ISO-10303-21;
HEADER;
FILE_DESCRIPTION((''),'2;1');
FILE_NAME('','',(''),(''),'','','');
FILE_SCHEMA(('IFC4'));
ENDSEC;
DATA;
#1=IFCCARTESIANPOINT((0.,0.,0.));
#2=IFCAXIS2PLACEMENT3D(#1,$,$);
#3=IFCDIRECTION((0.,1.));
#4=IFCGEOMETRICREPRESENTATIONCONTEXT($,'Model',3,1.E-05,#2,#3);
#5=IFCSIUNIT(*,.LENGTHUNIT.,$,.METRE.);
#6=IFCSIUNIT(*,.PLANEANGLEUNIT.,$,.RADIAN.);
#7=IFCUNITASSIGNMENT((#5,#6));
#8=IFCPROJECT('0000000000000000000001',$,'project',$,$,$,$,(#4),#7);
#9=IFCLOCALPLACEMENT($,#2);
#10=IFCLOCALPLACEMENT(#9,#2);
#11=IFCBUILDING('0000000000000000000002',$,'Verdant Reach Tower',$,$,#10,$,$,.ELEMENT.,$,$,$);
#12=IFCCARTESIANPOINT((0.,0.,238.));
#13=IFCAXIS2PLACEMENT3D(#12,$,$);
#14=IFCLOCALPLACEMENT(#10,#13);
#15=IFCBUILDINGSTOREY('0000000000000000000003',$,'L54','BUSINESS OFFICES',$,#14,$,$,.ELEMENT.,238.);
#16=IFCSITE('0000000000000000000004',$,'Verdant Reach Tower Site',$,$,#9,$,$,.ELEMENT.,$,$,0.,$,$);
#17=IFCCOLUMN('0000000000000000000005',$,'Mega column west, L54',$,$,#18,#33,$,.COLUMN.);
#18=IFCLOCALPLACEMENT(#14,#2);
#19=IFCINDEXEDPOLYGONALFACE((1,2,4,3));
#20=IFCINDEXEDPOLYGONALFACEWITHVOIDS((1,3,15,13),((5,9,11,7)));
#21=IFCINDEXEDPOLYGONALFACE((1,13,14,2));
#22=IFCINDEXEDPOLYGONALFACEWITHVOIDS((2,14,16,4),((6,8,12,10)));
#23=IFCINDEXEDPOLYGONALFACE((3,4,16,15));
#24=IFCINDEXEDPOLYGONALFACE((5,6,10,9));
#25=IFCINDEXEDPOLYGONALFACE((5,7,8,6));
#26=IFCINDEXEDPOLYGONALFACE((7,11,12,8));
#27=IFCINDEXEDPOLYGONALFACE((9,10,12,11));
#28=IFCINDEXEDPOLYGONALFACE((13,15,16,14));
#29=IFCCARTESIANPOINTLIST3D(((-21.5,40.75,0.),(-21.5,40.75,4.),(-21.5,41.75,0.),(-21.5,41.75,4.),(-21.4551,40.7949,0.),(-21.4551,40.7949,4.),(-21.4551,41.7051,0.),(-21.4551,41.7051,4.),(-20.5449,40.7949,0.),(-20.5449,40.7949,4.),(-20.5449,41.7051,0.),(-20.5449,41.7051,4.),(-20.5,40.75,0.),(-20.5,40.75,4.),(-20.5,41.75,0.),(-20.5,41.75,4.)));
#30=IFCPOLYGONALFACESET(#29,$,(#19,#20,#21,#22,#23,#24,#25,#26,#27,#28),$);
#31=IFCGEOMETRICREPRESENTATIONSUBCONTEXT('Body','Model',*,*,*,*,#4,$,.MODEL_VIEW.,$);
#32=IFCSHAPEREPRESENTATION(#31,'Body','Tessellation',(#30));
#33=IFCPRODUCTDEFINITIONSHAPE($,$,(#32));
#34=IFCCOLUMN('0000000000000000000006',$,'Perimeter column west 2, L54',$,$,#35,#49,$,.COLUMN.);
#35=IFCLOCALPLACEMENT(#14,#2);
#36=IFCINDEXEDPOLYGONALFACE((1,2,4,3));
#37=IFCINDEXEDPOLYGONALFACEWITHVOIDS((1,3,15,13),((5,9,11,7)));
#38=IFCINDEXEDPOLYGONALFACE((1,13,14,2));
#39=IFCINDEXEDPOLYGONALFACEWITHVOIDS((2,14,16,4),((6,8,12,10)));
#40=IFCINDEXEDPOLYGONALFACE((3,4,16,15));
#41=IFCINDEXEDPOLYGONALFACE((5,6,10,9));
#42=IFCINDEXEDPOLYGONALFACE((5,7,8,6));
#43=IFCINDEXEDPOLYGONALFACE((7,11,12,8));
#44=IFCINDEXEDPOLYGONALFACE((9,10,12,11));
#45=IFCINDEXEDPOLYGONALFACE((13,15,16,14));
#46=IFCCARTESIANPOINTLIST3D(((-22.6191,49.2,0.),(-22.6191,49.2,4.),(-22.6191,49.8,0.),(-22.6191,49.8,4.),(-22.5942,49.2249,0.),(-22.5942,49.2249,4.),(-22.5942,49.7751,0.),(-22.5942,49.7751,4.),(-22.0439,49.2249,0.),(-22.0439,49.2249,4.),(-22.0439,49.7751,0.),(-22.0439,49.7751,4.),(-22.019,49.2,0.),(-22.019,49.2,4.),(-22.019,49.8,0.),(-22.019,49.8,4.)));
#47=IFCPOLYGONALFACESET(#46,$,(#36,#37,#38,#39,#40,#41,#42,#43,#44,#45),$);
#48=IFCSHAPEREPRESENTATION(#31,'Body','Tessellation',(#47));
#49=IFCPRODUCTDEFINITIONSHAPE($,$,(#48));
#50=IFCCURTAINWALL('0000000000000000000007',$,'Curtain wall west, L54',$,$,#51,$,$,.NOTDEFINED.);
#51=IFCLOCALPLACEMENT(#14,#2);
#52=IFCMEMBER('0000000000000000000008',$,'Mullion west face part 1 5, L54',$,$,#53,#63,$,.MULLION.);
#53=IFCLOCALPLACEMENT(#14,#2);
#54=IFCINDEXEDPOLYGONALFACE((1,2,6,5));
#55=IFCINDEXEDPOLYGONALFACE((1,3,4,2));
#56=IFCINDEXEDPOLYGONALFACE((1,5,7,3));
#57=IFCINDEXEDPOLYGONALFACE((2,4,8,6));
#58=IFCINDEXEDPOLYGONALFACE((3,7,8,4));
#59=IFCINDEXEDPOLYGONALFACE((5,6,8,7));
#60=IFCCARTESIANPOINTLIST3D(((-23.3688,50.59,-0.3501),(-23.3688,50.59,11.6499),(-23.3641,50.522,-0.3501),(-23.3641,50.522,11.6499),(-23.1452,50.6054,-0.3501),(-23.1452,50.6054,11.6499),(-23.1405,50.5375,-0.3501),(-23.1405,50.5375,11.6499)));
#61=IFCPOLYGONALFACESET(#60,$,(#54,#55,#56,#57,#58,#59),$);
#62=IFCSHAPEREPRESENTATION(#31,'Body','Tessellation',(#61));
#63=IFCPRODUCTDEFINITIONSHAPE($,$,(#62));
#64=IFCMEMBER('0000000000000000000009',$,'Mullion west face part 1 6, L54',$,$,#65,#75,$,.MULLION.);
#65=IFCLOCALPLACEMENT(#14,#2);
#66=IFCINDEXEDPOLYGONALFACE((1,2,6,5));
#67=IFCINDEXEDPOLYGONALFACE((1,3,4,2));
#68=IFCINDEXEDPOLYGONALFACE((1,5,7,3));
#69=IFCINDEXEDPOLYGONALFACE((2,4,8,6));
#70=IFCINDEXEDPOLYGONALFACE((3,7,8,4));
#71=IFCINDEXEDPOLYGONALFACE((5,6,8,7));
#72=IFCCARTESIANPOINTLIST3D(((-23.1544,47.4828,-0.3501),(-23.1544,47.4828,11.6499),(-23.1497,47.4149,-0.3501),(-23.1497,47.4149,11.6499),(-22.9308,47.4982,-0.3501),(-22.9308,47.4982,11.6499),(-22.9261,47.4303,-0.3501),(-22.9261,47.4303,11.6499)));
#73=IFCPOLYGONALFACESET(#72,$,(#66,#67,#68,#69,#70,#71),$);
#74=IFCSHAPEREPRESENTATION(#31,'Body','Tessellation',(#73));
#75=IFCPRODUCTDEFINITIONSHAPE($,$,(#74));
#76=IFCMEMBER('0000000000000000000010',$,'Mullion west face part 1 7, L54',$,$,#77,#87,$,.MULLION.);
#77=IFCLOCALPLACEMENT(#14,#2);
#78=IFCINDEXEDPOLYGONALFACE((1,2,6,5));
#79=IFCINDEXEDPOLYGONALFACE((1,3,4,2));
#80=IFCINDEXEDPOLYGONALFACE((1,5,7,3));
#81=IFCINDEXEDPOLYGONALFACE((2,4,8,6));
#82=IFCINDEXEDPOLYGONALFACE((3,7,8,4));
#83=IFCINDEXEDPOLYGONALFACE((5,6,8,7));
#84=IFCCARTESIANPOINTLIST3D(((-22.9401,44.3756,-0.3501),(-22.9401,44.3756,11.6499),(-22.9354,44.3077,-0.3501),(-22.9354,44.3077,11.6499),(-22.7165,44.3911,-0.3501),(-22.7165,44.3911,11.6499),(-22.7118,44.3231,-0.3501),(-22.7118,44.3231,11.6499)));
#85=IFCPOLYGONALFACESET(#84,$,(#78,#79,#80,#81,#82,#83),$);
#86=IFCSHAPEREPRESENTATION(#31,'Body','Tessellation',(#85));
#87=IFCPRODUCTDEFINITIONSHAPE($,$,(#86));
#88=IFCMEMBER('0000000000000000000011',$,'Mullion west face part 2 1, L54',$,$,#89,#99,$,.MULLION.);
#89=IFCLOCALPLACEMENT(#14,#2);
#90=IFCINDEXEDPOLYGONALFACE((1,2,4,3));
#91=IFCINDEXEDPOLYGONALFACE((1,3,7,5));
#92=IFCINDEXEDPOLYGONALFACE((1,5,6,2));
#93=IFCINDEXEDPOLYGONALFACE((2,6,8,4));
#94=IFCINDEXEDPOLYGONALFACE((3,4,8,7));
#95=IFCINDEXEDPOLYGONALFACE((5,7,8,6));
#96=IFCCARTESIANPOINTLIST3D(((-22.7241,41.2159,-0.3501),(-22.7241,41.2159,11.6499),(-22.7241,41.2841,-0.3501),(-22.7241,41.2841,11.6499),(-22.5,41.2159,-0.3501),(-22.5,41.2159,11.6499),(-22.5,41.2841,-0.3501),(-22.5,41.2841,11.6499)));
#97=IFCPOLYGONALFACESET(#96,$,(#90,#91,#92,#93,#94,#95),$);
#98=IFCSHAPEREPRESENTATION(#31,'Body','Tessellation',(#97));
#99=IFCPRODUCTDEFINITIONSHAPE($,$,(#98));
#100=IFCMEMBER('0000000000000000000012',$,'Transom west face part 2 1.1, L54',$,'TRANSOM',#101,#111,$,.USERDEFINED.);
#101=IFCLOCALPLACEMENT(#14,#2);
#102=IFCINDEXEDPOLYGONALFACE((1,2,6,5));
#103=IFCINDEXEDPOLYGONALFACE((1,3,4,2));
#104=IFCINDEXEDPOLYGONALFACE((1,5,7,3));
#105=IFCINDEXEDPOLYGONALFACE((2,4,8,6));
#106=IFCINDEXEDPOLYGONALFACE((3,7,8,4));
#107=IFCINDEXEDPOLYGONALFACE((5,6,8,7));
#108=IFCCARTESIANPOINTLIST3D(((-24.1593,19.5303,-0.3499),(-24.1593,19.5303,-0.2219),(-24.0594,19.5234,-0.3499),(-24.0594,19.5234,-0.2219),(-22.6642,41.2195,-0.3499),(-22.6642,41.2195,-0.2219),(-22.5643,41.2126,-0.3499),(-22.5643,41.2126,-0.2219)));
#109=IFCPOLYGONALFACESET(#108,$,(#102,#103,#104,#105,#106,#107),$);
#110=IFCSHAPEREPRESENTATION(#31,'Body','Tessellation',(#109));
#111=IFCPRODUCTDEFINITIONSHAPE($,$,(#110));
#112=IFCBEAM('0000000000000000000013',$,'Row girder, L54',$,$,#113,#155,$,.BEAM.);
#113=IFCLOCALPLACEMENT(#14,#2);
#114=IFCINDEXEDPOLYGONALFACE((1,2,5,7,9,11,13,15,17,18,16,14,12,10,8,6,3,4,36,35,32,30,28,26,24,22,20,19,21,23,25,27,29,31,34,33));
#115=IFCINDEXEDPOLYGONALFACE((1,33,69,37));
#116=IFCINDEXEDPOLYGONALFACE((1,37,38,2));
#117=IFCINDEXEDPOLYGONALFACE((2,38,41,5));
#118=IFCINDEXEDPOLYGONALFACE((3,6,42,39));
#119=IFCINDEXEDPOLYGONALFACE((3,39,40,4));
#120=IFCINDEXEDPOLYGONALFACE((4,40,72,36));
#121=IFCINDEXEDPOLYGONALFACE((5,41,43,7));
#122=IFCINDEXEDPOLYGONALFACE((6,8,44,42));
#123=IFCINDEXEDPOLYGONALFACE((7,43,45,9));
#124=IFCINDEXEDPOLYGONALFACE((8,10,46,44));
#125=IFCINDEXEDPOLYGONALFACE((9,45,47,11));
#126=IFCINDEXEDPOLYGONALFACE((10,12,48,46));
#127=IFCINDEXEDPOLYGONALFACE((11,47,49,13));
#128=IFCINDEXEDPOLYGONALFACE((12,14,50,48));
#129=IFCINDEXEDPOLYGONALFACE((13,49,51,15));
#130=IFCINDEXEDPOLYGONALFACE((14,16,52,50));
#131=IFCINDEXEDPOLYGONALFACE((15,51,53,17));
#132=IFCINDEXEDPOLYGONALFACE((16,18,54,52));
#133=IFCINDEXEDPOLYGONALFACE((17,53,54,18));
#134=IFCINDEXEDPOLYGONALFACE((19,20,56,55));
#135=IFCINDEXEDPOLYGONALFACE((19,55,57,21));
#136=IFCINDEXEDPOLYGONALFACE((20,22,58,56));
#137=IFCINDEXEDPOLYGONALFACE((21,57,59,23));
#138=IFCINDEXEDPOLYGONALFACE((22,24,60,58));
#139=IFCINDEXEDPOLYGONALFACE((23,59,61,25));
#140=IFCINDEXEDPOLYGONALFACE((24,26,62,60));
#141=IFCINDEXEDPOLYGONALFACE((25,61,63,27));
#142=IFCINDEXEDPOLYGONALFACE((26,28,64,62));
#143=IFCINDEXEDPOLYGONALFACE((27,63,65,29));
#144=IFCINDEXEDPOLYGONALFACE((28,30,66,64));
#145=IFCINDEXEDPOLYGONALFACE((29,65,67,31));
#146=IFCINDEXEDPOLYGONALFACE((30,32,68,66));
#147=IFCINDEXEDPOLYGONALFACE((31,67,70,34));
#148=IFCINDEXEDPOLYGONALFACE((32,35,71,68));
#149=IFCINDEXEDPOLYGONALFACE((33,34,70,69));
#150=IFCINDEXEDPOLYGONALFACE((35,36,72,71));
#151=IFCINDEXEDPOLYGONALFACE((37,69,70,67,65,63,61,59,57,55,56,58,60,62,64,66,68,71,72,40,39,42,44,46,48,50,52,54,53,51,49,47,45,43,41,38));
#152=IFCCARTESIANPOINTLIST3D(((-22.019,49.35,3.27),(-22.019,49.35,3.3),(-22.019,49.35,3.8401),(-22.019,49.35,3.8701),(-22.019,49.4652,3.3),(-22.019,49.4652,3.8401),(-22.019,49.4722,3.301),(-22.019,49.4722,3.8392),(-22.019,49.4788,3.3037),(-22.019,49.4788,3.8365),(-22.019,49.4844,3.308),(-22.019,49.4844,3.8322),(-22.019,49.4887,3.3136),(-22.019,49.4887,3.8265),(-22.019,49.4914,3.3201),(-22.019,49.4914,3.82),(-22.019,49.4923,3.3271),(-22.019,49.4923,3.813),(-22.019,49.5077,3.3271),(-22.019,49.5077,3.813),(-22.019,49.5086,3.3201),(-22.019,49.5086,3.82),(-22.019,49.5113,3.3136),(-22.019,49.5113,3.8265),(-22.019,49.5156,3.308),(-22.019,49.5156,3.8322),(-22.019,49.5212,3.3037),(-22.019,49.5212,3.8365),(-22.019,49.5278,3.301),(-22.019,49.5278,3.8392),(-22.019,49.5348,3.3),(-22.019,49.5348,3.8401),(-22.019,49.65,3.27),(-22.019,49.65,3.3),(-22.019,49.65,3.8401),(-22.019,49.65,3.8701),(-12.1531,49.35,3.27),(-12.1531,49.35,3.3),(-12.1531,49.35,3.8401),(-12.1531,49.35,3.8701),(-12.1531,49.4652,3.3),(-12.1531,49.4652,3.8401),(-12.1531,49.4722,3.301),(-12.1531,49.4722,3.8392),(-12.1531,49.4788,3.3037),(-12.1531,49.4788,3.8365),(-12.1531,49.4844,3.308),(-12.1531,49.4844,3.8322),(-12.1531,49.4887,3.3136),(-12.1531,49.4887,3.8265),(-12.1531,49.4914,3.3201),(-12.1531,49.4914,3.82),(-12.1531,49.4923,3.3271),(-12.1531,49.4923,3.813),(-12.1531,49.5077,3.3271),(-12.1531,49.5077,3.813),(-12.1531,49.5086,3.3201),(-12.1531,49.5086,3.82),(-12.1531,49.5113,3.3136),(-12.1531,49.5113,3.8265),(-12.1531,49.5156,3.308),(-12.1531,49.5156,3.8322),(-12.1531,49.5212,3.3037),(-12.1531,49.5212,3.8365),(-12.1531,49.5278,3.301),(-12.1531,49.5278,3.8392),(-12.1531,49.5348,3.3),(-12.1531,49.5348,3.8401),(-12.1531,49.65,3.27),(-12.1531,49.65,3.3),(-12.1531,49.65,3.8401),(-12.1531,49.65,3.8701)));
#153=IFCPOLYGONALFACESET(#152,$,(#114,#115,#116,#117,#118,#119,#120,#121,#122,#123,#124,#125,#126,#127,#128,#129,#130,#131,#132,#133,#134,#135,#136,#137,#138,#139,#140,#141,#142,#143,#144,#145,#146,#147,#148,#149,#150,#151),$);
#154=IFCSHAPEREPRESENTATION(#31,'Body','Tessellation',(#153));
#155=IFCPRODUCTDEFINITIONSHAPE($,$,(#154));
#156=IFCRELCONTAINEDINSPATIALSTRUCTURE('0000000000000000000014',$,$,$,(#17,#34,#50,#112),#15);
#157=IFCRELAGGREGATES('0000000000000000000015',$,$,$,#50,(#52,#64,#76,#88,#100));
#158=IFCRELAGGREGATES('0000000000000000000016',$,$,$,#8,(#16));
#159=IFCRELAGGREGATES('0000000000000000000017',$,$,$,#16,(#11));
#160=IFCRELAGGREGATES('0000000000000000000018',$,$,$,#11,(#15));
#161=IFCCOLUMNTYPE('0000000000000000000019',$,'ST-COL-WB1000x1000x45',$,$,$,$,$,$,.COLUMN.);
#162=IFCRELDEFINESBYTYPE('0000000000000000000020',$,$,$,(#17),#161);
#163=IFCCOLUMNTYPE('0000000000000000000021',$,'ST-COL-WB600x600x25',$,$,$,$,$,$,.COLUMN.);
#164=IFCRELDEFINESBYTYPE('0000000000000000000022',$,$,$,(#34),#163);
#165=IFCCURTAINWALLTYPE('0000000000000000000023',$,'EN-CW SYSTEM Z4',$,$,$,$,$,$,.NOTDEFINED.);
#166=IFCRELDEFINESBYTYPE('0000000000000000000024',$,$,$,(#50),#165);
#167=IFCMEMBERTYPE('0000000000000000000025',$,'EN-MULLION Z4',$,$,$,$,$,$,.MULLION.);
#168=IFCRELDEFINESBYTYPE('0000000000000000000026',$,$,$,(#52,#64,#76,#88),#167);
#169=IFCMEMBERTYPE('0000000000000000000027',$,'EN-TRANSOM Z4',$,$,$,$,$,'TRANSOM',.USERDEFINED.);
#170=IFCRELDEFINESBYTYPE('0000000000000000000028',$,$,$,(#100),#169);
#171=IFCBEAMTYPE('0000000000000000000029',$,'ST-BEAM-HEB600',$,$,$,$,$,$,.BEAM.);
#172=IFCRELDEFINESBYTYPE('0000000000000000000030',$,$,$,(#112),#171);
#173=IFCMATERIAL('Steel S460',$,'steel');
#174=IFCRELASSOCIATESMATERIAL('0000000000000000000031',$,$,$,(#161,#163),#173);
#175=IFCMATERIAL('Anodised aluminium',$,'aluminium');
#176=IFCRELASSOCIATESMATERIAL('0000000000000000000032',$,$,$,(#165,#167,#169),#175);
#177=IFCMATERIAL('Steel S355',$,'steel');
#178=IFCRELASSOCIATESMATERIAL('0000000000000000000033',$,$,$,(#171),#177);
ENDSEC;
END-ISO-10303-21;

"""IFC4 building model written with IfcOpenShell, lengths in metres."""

from ifc_helpers import new_model, si_unit, direction, frame, origin, origin_2d, place, context, subcontext, project, spatial, rectangle, hollow_rectangle, i_section, extrude, material, material_profile, profile_set, type_object, element, aggregate, save


model = new_model("IFC4")

# Units and contexts
model_context = context("Model", 3, precision=1e-05, world=origin(), true_north=direction((0.0, 1.0)))
body_context = subcontext(model_context, "Body", "Model", "MODEL_VIEW")
ifc_project = project(units=[si_unit("LENGTHUNIT", "METRE"), si_unit("PLANEANGLEUNIT", "RADIAN")], contexts=[model_context])

# Site, building, storey
site_placement = place(None, origin())
site = spatial("IfcSite", under=ifc_project, at=site_placement, Name="Verdant Reach Tower Site", CompositionType="ELEMENT", RefElevation=0.0)
building_placement = place(site_placement, origin())
building = spatial("IfcBuilding", under=site, at=building_placement, Name="Verdant Reach Tower", CompositionType="ELEMENT")
storey_placement = place(building_placement, frame((0.0, 0.0, 238.0)))
storey = spatial("IfcBuildingStorey", under=building, at=storey_placement, Name="L54", Description="BUSINESS OFFICES", CompositionType="ELEMENT", Elevation=238.0)

# Columns
ifc_material_1 = material(Name="Steel S460", Category="steel")
ifc_material_profile_1 = material_profile(ifc_material_1, hollow_rectangle(XDim=1.0, YDim=1.0, WallThickness=0.0449, at=origin_2d()), Name="WB 1000x1000x45")
ifc_profile_set_1 = profile_set([ifc_material_profile_1], Name="Steel S460")
column_type_1 = type_object("IfcColumnType", Name="ST-COL-WB1000x1000x45", PredefinedType="COLUMN", material=ifc_profile_set_1)
column_1_placement = place(storey_placement, frame((-21.0, 41.25, 0.0), z_axis=(0.0, 0.0, 1.0), x_axis=(1.0, 0.0, 0.0)))
element("IfcColumn", 1, at=column_1_placement, inside=storey, type_object=column_type_1, Name="Mega column west, L54", PredefinedType="COLUMN", context=body_context, shape_type="SweptSolid", body=[
    extrude(hollow_rectangle(XDim=1.0, YDim=1.0, WallThickness=0.0449, at=origin_2d()), origin(), (0.0, 0.0, 1.0), 4.0),
])
ifc_material_profile_2 = material_profile(ifc_material_1, hollow_rectangle(XDim=0.6001, YDim=0.6001, WallThickness=0.0249, at=origin_2d()), Name="WB 600x600x25")
ifc_profile_set_2 = profile_set([ifc_material_profile_2], Name="Steel S460")
column_type_2 = type_object("IfcColumnType", Name="ST-COL-WB600x600x25", PredefinedType="COLUMN", material=ifc_profile_set_2)
column_2_placement = place(storey_placement, frame((-22.3191, 49.5, 0.0), z_axis=(0.0, 0.0, 1.0), x_axis=(1.0, 0.0, 0.0)))
element("IfcColumn", 2, at=column_2_placement, inside=storey, type_object=column_type_2, Name="Perimeter column west 2, L54", PredefinedType="COLUMN", context=body_context, shape_type="SweptSolid", body=[
    extrude(hollow_rectangle(XDim=0.6001, YDim=0.6001, WallThickness=0.0249, at=origin_2d()), origin(), (0.0, 0.0, 1.0), 4.0),
])

# Curtain wall, members
ifc_material_2 = material(Name="Anodised aluminium", Category="aluminium")
curtain_wall_type = type_object("IfcCurtainWallType", Name="EN-CW SYSTEM Z4", PredefinedType="NOTDEFINED", material=ifc_material_2)
curtain_wall_placement = place(storey_placement, origin())
curtain_wall = element("IfcCurtainWall", 3, at=curtain_wall_placement, inside=storey, type_object=curtain_wall_type, Name="Curtain wall west, L54", PredefinedType="NOTDEFINED")
ifc_material_profile_3 = material_profile(ifc_material_2, rectangle(XDim=0.2241, YDim=0.0681, at=origin_2d()), Name="Mullion 68x224")
ifc_profile_set_3 = profile_set([ifc_material_profile_3], Name="Anodised aluminium")
member_type_1 = type_object("IfcMemberType", Name="EN-MULLION Z4", PredefinedType="MULLION", material=ifc_profile_set_3)
member_1_placement = place(storey_placement, frame((-23.2546, 50.5637, -0.3501), z_axis=(0.0, 0.0, 1.0), x_axis=(-0.99763, -0.068802, 0.0)))
member_1 = element("IfcMember", 4, at=member_1_placement, type_object=member_type_1, Name="Mullion west face part 1 5, L54", PredefinedType="MULLION", context=body_context, shape_type="SweptSolid", body=[
    extrude(rectangle(XDim=0.2241, YDim=0.0681, at=origin_2d()), origin(), (0.0, 0.0, 1.0), 12.0),
])
member_2_placement = place(storey_placement, frame((-23.0403, 47.4565, -0.3501), z_axis=(0.0, 0.0, 1.0), x_axis=(-0.99763, -0.068802, 0.0)))
member_2 = element("IfcMember", 5, at=member_2_placement, type_object=member_type_1, Name="Mullion west face part 1 6, L54", PredefinedType="MULLION", context=body_context, shape_type="SweptSolid", body=[
    extrude(rectangle(XDim=0.2241, YDim=0.0681, at=origin_2d()), origin(), (0.0, 0.0, 1.0), 12.0),
])
member_3_placement = place(storey_placement, frame((-22.8259, 44.3494, -0.3501), z_axis=(0.0, 0.0, 1.0), x_axis=(-0.99763, -0.068802, 0.0)))
member_3 = element("IfcMember", 6, at=member_3_placement, type_object=member_type_1, Name="Mullion west face part 1 7, L54", PredefinedType="MULLION", context=body_context, shape_type="SweptSolid", body=[
    extrude(rectangle(XDim=0.2241, YDim=0.0681, at=origin_2d()), origin(), (0.0, 0.0, 1.0), 12.0),
])
member_4_placement = place(storey_placement, frame((-22.6121, 41.25, -0.3501), z_axis=(0.0, 0.0, 1.0), x_axis=(-1.0, 0.0, 0.0)))
member_4 = element("IfcMember", 7, at=member_4_placement, type_object=member_type_1, Name="Mullion west face part 2 1, L54", PredefinedType="MULLION", context=body_context, shape_type="SweptSolid", body=[
    extrude(rectangle(XDim=0.2241, YDim=0.0681, at=origin_2d()), origin(), (0.0, 0.0, 1.0), 12.0),
])
ifc_material_profile_4 = material_profile(ifc_material_2, rectangle(XDim=0.1001, YDim=0.1279, at=origin_2d()), Name="Transom 128x100")
ifc_profile_set_4 = profile_set([ifc_material_profile_4], Name="Anodised aluminium")
member_type_2 = type_object("IfcMemberType", Name="EN-TRANSOM Z4", ElementType="TRANSOM", PredefinedType="USERDEFINED", material=ifc_profile_set_4)
member_5_placement = place(storey_placement, frame((-22.6143, 41.2161, -0.2859), z_axis=(-0.06877, -0.997633, 0.0), x_axis=(0.997633, -0.06877, 0.0)))
member_5 = element("IfcMember", 8, at=member_5_placement, type_object=member_type_2, Name="Transom west face part 2 1.1, L54", ObjectType="TRANSOM", PredefinedType="USERDEFINED", context=body_context, shape_type="SweptSolid", body=[
    extrude(rectangle(XDim=0.1001, YDim=0.1279, at=origin_2d()), origin(), (0.0, 0.0, 1.0), 21.7407),
])

# Beam
ifc_material_3 = material(Name="Steel S355", Category="steel")
ifc_material_profile_5 = material_profile(ifc_material_3, i_section(OverallWidth=0.3, OverallDepth=0.6001, WebThickness=0.0154, FlangeThickness=0.03, FilletRadius=0.0271, at=origin_2d()), Name="HEB 600")
ifc_profile_set_5 = profile_set([ifc_material_profile_5], Name="Steel S355")
beam_type_1 = type_object("IfcBeamType", Name="ST-BEAM-HEB600", PredefinedType="BEAM", material=ifc_profile_set_5)
beam_1_placement = place(storey_placement, frame((-22.019, 49.5, 3.5701), z_axis=(1.0, 0.0, 0.0), x_axis=(0.0, 1.0, 0.0)))
element("IfcBeam", 9, at=beam_1_placement, inside=storey, type_object=beam_type_1, Name="Row girder, L54", PredefinedType="BEAM", context=body_context, shape_type="SweptSolid", body=[
    extrude(i_section(OverallWidth=0.3, OverallDepth=0.6001, WebThickness=0.0154, FlangeThickness=0.03, FilletRadius=0.0271, at=origin_2d()), origin(), (0.0, 0.0, 1.0), 9.866),
])

aggregate(curtain_wall, [member_1, member_2, member_3, member_4, member_5])

save(model, "model.ifc")
